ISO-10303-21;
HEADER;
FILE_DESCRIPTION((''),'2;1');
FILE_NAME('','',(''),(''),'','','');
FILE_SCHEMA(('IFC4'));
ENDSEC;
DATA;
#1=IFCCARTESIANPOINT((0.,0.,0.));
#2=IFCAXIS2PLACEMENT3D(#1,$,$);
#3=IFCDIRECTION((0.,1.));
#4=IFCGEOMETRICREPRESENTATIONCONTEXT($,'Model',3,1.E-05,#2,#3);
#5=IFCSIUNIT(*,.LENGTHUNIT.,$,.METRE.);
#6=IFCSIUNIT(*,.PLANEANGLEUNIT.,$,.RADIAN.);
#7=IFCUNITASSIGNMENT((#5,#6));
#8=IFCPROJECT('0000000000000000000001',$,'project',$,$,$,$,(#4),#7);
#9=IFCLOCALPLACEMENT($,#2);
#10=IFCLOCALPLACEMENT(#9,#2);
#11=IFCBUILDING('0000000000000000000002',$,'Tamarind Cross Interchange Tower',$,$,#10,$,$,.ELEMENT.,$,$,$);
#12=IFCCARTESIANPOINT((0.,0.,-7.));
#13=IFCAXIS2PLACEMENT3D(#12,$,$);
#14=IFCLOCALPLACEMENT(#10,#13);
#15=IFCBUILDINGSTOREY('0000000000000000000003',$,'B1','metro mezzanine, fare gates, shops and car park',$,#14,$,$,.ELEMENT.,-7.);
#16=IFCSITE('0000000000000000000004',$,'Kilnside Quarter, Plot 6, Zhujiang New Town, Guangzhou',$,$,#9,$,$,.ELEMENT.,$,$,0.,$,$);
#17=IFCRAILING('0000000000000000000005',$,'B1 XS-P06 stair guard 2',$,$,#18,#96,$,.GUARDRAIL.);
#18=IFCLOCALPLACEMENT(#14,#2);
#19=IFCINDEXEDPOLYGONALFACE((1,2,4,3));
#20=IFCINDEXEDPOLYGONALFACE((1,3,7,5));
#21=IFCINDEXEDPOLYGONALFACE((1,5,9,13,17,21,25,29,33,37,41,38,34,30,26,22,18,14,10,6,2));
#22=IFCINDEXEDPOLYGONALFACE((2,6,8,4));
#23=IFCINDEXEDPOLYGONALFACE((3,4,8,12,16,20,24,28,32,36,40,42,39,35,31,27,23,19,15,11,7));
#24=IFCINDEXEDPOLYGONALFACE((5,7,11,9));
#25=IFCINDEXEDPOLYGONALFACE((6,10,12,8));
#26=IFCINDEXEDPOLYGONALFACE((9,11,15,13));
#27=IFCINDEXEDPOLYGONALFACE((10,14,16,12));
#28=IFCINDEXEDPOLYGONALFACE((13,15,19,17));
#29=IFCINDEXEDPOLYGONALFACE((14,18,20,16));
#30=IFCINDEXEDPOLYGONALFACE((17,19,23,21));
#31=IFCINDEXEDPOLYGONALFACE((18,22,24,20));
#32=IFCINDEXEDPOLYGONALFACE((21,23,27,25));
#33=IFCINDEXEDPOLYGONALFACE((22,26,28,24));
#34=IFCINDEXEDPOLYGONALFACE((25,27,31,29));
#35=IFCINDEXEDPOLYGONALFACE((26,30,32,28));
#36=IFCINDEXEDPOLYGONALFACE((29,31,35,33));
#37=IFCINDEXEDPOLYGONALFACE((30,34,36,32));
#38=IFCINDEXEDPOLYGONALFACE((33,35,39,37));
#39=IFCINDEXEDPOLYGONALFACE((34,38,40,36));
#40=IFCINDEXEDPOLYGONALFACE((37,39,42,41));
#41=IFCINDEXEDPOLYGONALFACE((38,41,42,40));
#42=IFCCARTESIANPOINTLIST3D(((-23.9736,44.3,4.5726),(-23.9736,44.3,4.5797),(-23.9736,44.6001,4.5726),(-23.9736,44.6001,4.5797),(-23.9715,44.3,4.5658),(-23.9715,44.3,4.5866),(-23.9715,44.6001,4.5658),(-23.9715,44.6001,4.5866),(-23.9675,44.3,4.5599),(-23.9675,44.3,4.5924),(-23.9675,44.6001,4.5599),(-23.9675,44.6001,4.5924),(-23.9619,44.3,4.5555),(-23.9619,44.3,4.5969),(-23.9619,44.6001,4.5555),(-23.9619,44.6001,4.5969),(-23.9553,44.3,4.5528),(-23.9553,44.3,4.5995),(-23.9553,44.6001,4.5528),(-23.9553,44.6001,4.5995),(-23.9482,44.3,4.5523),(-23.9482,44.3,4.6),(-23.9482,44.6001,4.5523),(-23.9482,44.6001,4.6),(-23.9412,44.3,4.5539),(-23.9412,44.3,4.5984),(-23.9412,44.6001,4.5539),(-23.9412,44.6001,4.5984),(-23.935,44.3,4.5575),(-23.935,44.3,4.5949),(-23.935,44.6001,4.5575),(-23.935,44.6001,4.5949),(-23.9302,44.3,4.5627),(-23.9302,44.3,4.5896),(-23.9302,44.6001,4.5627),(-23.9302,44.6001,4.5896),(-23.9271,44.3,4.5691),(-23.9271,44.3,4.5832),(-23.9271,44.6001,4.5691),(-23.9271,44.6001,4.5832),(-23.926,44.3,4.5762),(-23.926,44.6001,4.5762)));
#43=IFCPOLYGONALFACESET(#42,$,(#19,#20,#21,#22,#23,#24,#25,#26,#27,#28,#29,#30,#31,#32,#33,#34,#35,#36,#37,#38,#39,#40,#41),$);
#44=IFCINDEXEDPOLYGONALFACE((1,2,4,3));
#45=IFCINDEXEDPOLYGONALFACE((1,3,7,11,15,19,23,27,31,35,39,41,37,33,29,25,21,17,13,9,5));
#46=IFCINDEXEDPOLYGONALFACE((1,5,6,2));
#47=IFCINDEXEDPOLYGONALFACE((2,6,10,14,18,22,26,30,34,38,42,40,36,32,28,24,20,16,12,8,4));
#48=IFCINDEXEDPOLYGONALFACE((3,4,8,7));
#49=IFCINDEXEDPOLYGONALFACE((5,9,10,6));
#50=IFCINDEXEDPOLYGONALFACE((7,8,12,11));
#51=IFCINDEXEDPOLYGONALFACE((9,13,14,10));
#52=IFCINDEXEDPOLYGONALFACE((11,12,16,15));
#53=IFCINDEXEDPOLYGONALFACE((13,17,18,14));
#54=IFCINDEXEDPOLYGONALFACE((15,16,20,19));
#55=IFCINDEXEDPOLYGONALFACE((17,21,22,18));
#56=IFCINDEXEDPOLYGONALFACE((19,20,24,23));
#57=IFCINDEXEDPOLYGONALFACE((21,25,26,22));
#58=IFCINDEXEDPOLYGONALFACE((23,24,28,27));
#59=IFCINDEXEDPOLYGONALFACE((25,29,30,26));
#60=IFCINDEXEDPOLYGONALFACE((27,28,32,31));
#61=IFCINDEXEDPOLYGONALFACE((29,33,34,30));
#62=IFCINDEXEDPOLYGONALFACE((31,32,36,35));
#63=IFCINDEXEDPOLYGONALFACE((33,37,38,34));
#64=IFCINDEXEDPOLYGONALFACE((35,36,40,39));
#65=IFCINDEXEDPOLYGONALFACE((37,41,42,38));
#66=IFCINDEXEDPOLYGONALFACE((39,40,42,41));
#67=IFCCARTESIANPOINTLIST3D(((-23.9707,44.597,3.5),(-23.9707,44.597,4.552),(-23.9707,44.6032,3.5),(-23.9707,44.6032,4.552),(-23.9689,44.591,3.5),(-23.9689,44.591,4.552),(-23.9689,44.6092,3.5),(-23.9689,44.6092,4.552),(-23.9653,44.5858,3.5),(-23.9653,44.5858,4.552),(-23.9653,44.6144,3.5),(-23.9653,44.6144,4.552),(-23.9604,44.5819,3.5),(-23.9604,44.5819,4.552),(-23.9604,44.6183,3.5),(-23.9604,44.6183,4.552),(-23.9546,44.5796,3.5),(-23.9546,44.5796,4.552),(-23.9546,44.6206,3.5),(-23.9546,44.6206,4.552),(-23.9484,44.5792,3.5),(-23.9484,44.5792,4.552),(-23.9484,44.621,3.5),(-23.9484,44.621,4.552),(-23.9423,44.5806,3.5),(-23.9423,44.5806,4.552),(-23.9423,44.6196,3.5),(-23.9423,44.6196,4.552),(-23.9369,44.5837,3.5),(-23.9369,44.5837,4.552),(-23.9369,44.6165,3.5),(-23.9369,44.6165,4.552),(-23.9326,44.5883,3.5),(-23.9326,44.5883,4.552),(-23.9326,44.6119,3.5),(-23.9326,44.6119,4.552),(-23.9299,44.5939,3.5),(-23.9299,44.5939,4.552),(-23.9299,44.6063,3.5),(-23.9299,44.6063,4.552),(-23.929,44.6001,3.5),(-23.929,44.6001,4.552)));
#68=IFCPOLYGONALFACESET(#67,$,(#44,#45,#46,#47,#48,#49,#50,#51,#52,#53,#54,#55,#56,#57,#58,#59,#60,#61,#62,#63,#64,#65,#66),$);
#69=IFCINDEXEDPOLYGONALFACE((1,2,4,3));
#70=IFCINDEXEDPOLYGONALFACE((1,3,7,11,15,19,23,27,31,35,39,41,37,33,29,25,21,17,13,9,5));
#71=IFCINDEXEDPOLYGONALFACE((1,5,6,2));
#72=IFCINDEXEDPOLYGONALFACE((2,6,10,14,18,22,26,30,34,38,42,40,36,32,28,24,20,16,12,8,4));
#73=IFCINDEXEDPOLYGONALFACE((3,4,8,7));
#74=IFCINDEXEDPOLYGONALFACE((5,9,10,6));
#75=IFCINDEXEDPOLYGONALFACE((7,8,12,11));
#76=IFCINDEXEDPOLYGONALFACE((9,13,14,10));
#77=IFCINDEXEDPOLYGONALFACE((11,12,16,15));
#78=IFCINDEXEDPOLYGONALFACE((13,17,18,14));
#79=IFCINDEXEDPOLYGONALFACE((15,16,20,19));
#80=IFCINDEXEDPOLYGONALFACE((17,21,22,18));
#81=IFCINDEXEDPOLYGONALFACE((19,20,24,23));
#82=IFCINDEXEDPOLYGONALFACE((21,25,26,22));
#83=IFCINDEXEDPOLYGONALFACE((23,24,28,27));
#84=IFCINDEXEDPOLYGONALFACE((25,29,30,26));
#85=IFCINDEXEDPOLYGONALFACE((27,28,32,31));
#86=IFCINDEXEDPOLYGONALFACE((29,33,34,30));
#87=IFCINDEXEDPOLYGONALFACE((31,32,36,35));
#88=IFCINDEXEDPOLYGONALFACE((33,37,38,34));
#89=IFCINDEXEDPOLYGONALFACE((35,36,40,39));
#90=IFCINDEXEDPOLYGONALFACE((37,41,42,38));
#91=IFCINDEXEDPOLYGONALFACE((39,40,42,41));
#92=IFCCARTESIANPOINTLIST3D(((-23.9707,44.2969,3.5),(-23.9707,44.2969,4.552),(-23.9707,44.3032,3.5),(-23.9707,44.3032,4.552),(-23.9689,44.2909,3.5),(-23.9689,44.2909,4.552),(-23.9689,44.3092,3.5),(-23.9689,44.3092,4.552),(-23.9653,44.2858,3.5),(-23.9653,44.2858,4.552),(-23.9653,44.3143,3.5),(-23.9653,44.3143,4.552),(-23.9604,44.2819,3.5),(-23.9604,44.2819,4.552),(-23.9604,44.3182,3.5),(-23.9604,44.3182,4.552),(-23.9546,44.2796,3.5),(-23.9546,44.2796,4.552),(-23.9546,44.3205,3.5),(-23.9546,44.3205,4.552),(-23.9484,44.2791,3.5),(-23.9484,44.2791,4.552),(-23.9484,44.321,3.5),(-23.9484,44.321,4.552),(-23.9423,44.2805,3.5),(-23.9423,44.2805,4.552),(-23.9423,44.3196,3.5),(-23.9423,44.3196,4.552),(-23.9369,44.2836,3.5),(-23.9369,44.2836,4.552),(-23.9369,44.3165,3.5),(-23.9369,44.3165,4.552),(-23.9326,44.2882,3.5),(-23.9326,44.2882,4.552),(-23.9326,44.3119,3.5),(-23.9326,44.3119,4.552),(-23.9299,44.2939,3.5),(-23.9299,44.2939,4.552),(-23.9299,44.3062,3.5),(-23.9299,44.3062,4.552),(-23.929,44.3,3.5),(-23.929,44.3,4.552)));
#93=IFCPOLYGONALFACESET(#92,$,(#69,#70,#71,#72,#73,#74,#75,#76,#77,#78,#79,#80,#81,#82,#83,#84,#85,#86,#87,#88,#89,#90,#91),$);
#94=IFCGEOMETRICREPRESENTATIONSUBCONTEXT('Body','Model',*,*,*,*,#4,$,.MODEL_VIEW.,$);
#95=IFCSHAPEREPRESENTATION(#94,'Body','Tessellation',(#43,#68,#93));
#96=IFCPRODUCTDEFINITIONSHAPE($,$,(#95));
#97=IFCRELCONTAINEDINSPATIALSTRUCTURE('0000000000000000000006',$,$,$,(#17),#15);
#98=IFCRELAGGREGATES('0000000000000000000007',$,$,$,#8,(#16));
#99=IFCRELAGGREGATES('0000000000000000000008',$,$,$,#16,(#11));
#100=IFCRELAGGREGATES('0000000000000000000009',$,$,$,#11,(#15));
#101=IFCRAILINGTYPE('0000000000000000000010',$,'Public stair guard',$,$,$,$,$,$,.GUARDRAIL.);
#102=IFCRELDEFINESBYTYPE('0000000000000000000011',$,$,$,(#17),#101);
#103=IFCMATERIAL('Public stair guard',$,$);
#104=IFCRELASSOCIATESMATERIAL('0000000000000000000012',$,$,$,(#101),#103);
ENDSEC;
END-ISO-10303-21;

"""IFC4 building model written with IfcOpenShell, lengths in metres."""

from ifc_helpers import new_model, si_unit, direction, frame, origin, origin_2d, place, context, subcontext, project, spatial, circle, extrude, material, type_object, element, save


model = new_model("IFC4")

# Units and contexts
model_context = context("Model", 3, precision=1e-05, world=origin(), true_north=direction((0.0, 1.0)))
body_context = subcontext(model_context, "Body", "Model", "MODEL_VIEW")
ifc_project = project(units=[si_unit("LENGTHUNIT", "METRE"), si_unit("PLANEANGLEUNIT", "RADIAN")], contexts=[model_context])

# Site, building, storey
site_placement = place(None, origin())
site = spatial("IfcSite", under=ifc_project, at=site_placement, Name="Kilnside Quarter, Plot 6, Zhujiang New Town, Guangzhou", CompositionType="ELEMENT", RefElevation=0.0)
building_placement = place(site_placement, origin())
building = spatial("IfcBuilding", under=site, at=building_placement, Name="Tamarind Cross Interchange Tower", CompositionType="ELEMENT")
storey_placement = place(building_placement, frame((0.0, 0.0, -7.0)))
storey = spatial("IfcBuildingStorey", under=building, at=storey_placement, Name="B1", Description="metro mezzanine, fare gates, shops and car park", CompositionType="ELEMENT", Elevation=-7.0)

# Railing
ifc_material_1 = material(Name="Public stair guard")
railing_type_1 = type_object("IfcRailingType", Name="Public stair guard", PredefinedType="GUARDRAIL", material=ifc_material_1)
railing_1_placement = place(storey_placement, frame((-23.95, 44.6001, 3.5)))
element("IfcRailing", 1, at=railing_1_placement, inside=storey, type_object=railing_type_1, Name="B1 XS-P06 stair guard 2", PredefinedType="GUARDRAIL", context=body_context, shape_type="SweptSolid", body=[
    extrude(circle(Radius=0.0239, at=origin_2d()), frame((0.0, 0.0, 1.0762), z_axis=(0.0, -1.0, 0.0), x_axis=(1.0, 0.0, 0.0)), (0.0, 0.0, 1.0), 0.3),
    extrude(circle(Radius=0.021, at=origin_2d()), origin(), (0.0, 0.0, 1.0), 1.052),
    extrude(circle(Radius=0.021, at=origin_2d()), frame((0.0, -0.3, 0.0)), (0.0, 0.0, 1.0), 1.052),
])

save(model, "model.ifc")
